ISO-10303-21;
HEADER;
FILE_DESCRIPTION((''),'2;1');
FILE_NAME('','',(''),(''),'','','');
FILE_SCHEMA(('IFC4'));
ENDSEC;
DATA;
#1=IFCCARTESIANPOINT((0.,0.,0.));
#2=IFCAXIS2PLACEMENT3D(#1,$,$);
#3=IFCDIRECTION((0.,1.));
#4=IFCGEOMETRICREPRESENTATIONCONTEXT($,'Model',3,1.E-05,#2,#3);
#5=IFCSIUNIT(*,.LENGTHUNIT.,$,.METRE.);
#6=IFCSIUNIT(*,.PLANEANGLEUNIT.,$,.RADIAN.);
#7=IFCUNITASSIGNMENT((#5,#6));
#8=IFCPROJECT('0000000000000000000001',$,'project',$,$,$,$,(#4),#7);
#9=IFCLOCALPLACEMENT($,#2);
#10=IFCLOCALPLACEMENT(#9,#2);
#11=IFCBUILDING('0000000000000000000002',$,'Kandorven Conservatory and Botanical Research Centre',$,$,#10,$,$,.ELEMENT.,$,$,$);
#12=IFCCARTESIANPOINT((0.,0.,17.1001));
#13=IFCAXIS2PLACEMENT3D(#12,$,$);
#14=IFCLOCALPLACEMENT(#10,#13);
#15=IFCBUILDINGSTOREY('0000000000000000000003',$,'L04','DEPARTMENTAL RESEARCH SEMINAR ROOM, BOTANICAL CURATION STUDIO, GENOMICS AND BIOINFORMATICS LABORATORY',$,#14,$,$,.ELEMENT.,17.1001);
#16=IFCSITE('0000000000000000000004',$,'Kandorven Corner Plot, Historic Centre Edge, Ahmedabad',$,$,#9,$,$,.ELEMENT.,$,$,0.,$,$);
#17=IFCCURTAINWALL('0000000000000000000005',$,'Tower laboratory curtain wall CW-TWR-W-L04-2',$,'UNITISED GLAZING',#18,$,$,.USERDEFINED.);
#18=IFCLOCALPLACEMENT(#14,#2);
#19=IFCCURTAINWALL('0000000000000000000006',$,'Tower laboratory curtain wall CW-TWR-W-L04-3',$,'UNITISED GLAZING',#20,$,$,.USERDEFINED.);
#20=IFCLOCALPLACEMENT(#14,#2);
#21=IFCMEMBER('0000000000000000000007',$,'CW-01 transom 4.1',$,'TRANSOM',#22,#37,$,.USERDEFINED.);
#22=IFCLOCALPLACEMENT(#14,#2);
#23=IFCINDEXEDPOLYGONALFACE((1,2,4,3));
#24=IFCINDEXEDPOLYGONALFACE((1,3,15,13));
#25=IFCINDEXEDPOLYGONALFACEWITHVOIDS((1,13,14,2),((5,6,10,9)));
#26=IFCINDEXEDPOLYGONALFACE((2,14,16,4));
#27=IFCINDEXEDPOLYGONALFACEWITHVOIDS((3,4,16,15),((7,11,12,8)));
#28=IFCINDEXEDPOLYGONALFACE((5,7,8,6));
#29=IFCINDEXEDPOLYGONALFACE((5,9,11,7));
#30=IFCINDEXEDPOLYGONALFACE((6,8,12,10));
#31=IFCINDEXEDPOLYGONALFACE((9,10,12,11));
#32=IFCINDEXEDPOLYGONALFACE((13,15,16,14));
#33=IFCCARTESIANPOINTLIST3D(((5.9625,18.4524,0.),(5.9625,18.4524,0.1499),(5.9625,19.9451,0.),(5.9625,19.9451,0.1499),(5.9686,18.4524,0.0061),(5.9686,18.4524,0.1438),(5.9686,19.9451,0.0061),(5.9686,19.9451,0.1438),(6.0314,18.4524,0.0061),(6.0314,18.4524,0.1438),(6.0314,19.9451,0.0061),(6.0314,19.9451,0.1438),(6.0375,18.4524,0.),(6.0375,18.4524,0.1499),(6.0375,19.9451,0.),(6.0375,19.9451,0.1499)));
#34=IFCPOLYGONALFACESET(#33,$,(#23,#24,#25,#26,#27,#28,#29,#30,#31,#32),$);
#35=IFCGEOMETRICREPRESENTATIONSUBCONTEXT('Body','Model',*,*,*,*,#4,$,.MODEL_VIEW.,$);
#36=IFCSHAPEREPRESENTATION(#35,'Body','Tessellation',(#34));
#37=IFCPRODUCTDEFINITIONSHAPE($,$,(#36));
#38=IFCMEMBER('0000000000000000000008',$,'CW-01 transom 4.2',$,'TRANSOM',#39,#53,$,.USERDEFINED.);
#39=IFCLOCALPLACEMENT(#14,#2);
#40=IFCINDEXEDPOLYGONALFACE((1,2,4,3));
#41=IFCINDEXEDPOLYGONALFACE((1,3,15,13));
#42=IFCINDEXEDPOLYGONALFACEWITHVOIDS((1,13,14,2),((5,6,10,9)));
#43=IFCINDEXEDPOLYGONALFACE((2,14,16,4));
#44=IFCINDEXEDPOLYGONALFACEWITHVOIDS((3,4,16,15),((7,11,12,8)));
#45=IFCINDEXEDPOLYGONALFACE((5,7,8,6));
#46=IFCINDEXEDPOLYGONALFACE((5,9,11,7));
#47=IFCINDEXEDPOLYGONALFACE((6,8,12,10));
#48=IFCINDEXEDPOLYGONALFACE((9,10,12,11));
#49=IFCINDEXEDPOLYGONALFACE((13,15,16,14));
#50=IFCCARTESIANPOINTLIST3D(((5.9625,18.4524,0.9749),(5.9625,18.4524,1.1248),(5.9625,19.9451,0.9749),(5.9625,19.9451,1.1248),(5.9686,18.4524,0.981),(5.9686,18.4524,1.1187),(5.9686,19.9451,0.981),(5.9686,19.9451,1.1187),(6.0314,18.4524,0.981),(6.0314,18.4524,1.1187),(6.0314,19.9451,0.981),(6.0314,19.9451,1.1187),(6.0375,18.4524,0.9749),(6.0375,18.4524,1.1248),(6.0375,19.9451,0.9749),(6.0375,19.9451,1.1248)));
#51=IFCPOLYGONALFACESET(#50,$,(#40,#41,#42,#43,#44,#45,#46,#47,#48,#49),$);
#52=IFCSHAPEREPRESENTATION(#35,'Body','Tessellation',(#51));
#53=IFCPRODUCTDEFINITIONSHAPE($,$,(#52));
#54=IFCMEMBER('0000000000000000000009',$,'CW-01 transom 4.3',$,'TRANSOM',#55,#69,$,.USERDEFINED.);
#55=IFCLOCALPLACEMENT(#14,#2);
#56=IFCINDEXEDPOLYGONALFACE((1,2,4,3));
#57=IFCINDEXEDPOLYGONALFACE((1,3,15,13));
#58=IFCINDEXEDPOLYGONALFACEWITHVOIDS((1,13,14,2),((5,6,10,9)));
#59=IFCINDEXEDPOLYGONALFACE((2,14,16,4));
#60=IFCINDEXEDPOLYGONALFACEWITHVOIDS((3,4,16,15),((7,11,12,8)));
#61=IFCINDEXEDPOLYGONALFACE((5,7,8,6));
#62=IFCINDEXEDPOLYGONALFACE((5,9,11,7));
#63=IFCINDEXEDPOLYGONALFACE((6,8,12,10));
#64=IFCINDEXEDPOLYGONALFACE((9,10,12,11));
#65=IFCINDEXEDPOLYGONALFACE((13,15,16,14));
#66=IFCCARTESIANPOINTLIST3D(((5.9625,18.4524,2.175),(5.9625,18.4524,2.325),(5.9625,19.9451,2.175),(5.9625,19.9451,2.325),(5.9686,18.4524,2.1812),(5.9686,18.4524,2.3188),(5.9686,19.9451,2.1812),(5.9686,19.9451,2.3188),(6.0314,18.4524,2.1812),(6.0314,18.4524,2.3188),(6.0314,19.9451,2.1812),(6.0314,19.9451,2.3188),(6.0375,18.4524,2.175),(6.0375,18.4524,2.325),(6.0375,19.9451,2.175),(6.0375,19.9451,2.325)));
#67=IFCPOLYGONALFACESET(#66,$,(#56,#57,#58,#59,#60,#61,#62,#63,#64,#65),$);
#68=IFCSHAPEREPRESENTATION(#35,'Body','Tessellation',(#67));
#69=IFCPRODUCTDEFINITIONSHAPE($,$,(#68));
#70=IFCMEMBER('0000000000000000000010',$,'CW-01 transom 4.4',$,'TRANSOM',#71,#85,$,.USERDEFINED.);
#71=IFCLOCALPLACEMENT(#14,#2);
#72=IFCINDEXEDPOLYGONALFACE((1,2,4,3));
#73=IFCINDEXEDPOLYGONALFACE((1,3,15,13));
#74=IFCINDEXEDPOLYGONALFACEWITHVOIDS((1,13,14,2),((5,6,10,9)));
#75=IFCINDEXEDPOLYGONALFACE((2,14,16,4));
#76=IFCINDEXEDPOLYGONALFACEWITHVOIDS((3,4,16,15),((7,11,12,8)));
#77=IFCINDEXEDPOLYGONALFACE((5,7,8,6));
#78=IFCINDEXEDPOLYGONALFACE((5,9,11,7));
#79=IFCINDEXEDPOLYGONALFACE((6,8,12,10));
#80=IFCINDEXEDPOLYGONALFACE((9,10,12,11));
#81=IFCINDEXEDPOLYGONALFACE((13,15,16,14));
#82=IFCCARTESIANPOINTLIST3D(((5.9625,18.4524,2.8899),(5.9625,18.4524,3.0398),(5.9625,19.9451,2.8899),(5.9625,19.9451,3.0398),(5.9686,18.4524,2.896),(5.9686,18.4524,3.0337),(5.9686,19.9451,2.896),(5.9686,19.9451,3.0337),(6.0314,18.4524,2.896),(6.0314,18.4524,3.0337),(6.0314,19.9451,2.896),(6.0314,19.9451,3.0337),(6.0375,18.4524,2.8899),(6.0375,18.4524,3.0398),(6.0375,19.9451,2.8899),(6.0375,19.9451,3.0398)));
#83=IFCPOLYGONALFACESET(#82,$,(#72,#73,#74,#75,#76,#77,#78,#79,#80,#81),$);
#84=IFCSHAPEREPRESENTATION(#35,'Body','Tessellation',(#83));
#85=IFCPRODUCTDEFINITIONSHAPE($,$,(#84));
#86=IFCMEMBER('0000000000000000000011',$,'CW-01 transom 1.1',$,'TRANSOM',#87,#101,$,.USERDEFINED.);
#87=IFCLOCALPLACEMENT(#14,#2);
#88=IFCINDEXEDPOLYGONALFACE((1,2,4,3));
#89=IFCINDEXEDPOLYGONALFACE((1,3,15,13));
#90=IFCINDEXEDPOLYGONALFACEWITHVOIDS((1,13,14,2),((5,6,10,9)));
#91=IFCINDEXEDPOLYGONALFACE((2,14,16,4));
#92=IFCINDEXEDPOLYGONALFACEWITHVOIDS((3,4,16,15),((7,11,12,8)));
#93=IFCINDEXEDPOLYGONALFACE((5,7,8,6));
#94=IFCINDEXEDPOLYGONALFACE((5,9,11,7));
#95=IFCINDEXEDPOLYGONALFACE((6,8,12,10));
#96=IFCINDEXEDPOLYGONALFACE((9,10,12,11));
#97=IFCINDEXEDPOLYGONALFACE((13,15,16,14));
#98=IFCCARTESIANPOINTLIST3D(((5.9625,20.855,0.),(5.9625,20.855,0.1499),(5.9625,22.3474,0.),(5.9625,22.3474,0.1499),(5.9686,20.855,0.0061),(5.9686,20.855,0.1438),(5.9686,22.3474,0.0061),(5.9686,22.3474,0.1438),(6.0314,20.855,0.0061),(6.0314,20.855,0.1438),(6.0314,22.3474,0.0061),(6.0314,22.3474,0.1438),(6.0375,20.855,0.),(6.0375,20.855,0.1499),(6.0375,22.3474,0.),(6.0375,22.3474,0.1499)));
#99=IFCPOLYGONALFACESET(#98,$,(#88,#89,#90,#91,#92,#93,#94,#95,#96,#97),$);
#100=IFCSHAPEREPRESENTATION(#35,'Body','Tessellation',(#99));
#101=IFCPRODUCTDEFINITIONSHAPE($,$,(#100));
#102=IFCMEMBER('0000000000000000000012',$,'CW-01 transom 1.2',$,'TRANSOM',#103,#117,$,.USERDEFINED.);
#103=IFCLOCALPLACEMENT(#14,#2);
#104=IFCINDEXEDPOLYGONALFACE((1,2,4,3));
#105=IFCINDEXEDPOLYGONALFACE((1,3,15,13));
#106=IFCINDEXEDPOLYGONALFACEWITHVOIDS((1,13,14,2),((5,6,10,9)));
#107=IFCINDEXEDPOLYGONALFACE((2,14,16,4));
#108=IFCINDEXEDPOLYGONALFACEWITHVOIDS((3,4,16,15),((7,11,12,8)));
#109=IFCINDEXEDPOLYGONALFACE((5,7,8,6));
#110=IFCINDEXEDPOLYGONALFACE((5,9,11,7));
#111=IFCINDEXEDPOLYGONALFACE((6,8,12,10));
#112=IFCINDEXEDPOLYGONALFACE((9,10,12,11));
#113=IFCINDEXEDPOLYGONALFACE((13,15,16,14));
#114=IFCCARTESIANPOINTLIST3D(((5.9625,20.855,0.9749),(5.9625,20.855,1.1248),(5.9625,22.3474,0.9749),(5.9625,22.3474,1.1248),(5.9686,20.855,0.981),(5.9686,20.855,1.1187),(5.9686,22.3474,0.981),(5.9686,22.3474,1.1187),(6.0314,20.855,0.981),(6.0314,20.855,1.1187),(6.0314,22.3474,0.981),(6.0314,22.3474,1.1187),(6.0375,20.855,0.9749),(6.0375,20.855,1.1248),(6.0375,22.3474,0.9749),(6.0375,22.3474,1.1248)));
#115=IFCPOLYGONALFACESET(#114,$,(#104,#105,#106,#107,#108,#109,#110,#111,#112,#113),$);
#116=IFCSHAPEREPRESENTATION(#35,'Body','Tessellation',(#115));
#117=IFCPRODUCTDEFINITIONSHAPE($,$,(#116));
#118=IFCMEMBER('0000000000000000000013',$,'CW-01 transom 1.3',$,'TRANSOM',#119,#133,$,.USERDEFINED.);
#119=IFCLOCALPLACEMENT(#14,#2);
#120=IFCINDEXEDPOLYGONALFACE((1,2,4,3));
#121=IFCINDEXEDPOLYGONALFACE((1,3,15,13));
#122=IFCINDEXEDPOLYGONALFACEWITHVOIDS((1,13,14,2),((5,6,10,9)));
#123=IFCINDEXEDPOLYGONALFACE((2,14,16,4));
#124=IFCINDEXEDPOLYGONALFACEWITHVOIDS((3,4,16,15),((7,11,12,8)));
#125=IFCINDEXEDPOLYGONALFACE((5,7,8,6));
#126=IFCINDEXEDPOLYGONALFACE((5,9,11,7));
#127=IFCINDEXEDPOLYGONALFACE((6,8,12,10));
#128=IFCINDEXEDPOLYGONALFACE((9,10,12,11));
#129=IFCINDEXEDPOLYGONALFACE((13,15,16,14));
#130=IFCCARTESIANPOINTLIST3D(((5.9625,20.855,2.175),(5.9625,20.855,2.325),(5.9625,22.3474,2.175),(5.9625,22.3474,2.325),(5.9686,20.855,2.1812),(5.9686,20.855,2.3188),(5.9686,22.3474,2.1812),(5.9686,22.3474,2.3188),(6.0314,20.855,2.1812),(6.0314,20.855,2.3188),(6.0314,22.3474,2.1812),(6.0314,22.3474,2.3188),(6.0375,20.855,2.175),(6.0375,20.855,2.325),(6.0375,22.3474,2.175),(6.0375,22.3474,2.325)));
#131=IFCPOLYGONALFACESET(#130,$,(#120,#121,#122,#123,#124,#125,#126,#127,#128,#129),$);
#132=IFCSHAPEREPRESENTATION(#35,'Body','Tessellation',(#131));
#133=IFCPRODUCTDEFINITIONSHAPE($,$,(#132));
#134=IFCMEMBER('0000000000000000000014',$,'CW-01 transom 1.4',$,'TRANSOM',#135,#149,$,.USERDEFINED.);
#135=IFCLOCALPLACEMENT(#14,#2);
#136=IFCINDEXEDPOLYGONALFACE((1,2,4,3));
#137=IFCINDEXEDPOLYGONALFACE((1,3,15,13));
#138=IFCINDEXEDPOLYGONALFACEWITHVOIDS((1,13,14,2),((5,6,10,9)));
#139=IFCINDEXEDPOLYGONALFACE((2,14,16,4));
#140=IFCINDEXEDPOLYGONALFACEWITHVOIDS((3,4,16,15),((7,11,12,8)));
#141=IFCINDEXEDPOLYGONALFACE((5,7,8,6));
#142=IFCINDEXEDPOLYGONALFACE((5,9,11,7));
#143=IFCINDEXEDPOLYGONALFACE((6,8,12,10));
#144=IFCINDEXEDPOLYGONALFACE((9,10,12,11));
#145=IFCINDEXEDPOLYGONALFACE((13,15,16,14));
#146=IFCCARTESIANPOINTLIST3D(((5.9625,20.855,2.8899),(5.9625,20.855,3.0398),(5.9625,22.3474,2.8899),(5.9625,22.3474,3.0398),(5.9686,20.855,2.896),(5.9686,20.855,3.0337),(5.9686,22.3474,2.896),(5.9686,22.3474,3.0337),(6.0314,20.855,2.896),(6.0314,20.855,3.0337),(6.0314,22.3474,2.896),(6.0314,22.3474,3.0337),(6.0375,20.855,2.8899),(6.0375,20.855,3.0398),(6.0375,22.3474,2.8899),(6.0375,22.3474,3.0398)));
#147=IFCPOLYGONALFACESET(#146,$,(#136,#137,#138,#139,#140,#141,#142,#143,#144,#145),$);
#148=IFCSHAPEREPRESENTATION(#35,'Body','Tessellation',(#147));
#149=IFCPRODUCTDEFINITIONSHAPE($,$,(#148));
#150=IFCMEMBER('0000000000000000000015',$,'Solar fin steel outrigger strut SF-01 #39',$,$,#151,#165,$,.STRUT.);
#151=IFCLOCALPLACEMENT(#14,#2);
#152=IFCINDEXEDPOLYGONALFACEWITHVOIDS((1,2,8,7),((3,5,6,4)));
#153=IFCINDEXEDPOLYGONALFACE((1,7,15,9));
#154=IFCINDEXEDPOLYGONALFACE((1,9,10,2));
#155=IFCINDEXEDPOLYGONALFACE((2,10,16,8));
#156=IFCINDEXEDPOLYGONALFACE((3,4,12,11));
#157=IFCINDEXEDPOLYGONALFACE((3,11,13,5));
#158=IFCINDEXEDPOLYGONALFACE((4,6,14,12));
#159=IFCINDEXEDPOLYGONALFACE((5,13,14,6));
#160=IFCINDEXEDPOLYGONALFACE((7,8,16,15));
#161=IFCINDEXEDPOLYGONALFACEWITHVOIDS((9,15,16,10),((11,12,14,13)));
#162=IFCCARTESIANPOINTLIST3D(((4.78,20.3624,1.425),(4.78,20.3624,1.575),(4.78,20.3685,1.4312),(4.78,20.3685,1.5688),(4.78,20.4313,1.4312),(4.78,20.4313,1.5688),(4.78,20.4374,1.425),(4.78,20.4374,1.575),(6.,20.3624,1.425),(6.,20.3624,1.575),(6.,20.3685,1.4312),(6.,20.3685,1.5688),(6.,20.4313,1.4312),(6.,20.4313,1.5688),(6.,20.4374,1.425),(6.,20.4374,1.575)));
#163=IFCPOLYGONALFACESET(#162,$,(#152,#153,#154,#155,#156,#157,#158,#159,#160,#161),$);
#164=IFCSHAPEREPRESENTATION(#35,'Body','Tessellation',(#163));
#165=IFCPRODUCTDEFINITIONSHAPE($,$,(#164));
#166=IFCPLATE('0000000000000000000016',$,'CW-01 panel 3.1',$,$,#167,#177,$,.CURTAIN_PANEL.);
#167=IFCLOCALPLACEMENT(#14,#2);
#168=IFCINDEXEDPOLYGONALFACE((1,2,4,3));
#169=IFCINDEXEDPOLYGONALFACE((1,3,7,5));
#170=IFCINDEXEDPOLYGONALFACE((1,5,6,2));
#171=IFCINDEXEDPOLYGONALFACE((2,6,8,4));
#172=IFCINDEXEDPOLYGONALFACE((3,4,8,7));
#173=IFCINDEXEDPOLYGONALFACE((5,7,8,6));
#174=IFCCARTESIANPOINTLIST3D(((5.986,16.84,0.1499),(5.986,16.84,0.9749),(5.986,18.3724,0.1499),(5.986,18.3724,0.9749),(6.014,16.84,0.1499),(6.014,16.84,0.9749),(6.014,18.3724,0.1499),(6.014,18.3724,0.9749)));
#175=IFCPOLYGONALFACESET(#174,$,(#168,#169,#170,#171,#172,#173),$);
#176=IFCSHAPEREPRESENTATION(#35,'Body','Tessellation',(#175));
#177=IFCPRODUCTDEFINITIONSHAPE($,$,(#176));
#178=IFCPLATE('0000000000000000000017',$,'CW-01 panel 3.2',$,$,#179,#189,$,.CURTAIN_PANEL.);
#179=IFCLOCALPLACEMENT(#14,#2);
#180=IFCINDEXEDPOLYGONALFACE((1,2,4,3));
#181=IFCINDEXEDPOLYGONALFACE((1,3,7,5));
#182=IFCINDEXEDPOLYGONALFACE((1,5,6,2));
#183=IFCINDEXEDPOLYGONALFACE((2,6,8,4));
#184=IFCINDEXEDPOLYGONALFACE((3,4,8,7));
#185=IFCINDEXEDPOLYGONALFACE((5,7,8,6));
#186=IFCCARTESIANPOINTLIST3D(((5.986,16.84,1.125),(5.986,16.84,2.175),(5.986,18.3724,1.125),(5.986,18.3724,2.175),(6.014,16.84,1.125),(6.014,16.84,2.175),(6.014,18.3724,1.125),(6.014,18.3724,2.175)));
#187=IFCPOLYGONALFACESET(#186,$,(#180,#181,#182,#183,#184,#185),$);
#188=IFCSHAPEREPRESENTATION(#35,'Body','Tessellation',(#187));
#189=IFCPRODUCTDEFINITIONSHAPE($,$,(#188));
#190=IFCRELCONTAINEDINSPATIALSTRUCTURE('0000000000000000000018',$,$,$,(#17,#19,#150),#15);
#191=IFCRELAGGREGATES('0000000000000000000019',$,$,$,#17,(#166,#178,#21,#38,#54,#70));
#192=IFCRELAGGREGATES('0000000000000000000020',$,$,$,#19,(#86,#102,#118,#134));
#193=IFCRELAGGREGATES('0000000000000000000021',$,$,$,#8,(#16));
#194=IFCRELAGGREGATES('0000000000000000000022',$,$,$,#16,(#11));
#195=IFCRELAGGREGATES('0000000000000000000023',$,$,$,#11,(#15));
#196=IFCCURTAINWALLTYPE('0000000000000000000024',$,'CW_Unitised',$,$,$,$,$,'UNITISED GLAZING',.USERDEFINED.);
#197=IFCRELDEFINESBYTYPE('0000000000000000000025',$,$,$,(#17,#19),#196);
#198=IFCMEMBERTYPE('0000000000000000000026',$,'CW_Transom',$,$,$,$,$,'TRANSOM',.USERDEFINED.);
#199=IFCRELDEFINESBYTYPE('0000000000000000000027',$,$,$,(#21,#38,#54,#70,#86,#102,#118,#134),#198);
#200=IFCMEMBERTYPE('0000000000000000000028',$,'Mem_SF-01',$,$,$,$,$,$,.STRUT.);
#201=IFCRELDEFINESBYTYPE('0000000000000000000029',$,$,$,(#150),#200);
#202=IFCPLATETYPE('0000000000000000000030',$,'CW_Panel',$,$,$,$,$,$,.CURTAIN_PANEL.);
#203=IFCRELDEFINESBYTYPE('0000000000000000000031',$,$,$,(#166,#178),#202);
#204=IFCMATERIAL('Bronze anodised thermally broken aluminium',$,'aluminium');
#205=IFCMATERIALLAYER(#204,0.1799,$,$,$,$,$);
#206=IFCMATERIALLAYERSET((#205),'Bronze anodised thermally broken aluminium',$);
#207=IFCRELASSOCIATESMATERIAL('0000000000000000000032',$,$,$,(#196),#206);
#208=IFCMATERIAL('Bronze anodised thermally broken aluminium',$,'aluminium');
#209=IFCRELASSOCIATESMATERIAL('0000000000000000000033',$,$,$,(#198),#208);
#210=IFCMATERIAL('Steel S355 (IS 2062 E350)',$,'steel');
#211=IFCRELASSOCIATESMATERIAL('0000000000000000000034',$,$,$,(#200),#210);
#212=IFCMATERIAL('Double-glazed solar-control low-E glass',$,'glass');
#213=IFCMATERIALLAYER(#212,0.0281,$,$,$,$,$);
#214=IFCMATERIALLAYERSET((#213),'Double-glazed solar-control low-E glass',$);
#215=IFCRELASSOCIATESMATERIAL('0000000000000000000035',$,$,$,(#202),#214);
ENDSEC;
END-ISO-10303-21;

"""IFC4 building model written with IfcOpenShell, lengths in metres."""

from ifc_helpers import new_model, si_unit, direction, frame, origin, origin_2d, place, context, subcontext, project, spatial, rectangle, hollow_rectangle, extrude, material, layer, layer_set, material_profile, profile_set, type_object, element, aggregate, save


model = new_model("IFC4")

# Units and contexts
model_context = context("Model", 3, precision=1e-05, world=origin(), true_north=direction((0.0, 1.0)))
body_context = subcontext(model_context, "Body", "Model", "MODEL_VIEW")
ifc_project = project(units=[si_unit("LENGTHUNIT", "METRE"), si_unit("PLANEANGLEUNIT", "RADIAN")], contexts=[model_context])

# Site, building, storey
site_placement = place(None, origin())
site = spatial("IfcSite", under=ifc_project, at=site_placement, Name="Kandorven Corner Plot, Historic Centre Edge, Ahmedabad", CompositionType="ELEMENT", RefElevation=0.0)
building_placement = place(site_placement, origin())
building = spatial("IfcBuilding", under=site, at=building_placement, Name="Kandorven Conservatory and Botanical Research Centre", CompositionType="ELEMENT")
storey_placement = place(building_placement, frame((0.0, 0.0, 17.1001)))
storey = spatial("IfcBuildingStorey", under=building, at=storey_placement, Name="L04", Description="DEPARTMENTAL RESEARCH SEMINAR ROOM, BOTANICAL CURATION STUDIO, GENOMICS AND BIOINFORMATICS LABORATORY", CompositionType="ELEMENT", Elevation=17.1001)

# Curtain wall
ifc_material_1 = material(Name="Bronze anodised thermally broken aluminium", Category="aluminium")
ifc_layer_1 = layer(ifc_material_1, 0.1799)
ifc_layer_set_1 = layer_set([ifc_layer_1], Name="Bronze anodised thermally broken aluminium")
curtain_wall_type = type_object("IfcCurtainWallType", Name="CW_Unitised", ElementType="UNITISED GLAZING", PredefinedType="USERDEFINED", material=ifc_layer_set_1)
curtain_wall_1_placement = place(storey_placement, origin())
curtain_wall_1 = element("IfcCurtainWall", 1, at=curtain_wall_1_placement, inside=storey, type_object=curtain_wall_type, Name="Tower laboratory curtain wall CW-TWR-W-L04-2", ObjectType="UNITISED GLAZING", PredefinedType="USERDEFINED")

# Curtain wall
curtain_wall_2_placement = place(storey_placement, origin())
curtain_wall_2 = element("IfcCurtainWall", 2, at=curtain_wall_2_placement, inside=storey, type_object=curtain_wall_type, Name="Tower laboratory curtain wall CW-TWR-W-L04-3", ObjectType="UNITISED GLAZING", PredefinedType="USERDEFINED")

# Members
ifc_material_2 = material(Name="Bronze anodised thermally broken aluminium", Category="aluminium")
ifc_material_profile_1 = material_profile(ifc_material_2, hollow_rectangle(XDim=0.075, YDim=0.1499, WallThickness=0.0061, at=origin_2d()))
ifc_profile_set_1 = profile_set([ifc_material_profile_1], Name="Bronze anodised thermally broken aluminium")
member_type_1 = type_object("IfcMemberType", Name="CW_Transom", ElementType="TRANSOM", PredefinedType="USERDEFINED", material=ifc_profile_set_1)
member_1_placement = place(storey_placement, frame((6.0, 18.4524, 0.075), z_axis=(0.0, 1.0, 0.0), x_axis=(-1.0, 0.0, 0.0)))
member_1 = element("IfcMember", 3, at=member_1_placement, type_object=member_type_1, Name="CW-01 transom 4.1", ObjectType="TRANSOM", PredefinedType="USERDEFINED", context=body_context, shape_type="SweptSolid", body=[
    extrude(hollow_rectangle(XDim=0.075, YDim=0.1499, WallThickness=0.0061, at=origin_2d()), origin(), (0.0, 0.0, 1.0), 1.4927),
])
member_2_placement = place(storey_placement, frame((6.0, 18.4524, 1.0498), z_axis=(0.0, 1.0, 0.0), x_axis=(-1.0, 0.0, 0.0)))
member_2 = element("IfcMember", 4, at=member_2_placement, type_object=member_type_1, Name="CW-01 transom 4.2", ObjectType="TRANSOM", PredefinedType="USERDEFINED", context=body_context, shape_type="SweptSolid", body=[
    extrude(hollow_rectangle(XDim=0.075, YDim=0.1499, WallThickness=0.0061, at=origin_2d()), origin(), (0.0, 0.0, 1.0), 1.4927),
])
member_3_placement = place(storey_placement, frame((6.0, 18.4524, 2.25), z_axis=(0.0, 1.0, 0.0), x_axis=(-1.0, 0.0, 0.0)))
member_3 = element("IfcMember", 5, at=member_3_placement, type_object=member_type_1, Name="CW-01 transom 4.3", ObjectType="TRANSOM", PredefinedType="USERDEFINED", context=body_context, shape_type="SweptSolid", body=[
    extrude(hollow_rectangle(XDim=0.075, YDim=0.1499, WallThickness=0.0061, at=origin_2d()), origin(), (0.0, 0.0, 1.0), 1.4927),
])
member_4_placement = place(storey_placement, frame((6.0, 18.4524, 2.9648), z_axis=(0.0, 1.0, 0.0), x_axis=(-1.0, 0.0, 0.0)))
member_4 = element("IfcMember", 6, at=member_4_placement, type_object=member_type_1, Name="CW-01 transom 4.4", ObjectType="TRANSOM", PredefinedType="USERDEFINED", context=body_context, shape_type="SweptSolid", body=[
    extrude(hollow_rectangle(XDim=0.075, YDim=0.1499, WallThickness=0.0061, at=origin_2d()), origin(), (0.0, 0.0, 1.0), 1.4927),
])
member_5_placement = place(storey_placement, frame((6.0, 20.855, 0.075), z_axis=(0.0, 1.0, 0.0), x_axis=(-1.0, 0.0, 0.0)))
member_5 = element("IfcMember", 7, at=member_5_placement, type_object=member_type_1, Name="CW-01 transom 1.1", ObjectType="TRANSOM", PredefinedType="USERDEFINED", context=body_context, shape_type="SweptSolid", body=[
    extrude(hollow_rectangle(XDim=0.075, YDim=0.1499, WallThickness=0.0061, at=origin_2d()), origin(), (0.0, 0.0, 1.0), 1.4924),
])
member_6_placement = place(storey_placement, frame((6.0, 20.855, 1.0498), z_axis=(0.0, 1.0, 0.0), x_axis=(-1.0, 0.0, 0.0)))
member_6 = element("IfcMember", 8, at=member_6_placement, type_object=member_type_1, Name="CW-01 transom 1.2", ObjectType="TRANSOM", PredefinedType="USERDEFINED", context=body_context, shape_type="SweptSolid", body=[
    extrude(hollow_rectangle(XDim=0.075, YDim=0.1499, WallThickness=0.0061, at=origin_2d()), origin(), (0.0, 0.0, 1.0), 1.4924),
])
member_7_placement = place(storey_placement, frame((6.0, 20.855, 2.25), z_axis=(0.0, 1.0, 0.0), x_axis=(-1.0, 0.0, 0.0)))
member_7 = element("IfcMember", 9, at=member_7_placement, type_object=member_type_1, Name="CW-01 transom 1.3", ObjectType="TRANSOM", PredefinedType="USERDEFINED", context=body_context, shape_type="SweptSolid", body=[
    extrude(hollow_rectangle(XDim=0.075, YDim=0.1499, WallThickness=0.0061, at=origin_2d()), origin(), (0.0, 0.0, 1.0), 1.4924),
])
member_8_placement = place(storey_placement, frame((6.0, 20.855, 2.9648), z_axis=(0.0, 1.0, 0.0), x_axis=(-1.0, 0.0, 0.0)))
member_8 = element("IfcMember", 10, at=member_8_placement, type_object=member_type_1, Name="CW-01 transom 1.4", ObjectType="TRANSOM", PredefinedType="USERDEFINED", context=body_context, shape_type="SweptSolid", body=[
    extrude(hollow_rectangle(XDim=0.075, YDim=0.1499, WallThickness=0.0061, at=origin_2d()), origin(), (0.0, 0.0, 1.0), 1.4924),
])
ifc_material_3 = material(Name="Steel S355 (IS 2062 E350)", Category="steel")
ifc_material_profile_2 = material_profile(ifc_material_3, hollow_rectangle(XDim=0.075, YDim=0.1499, WallThickness=0.0061, at=origin_2d()))
ifc_profile_set_2 = profile_set([ifc_material_profile_2], Name="Steel S355 (IS 2062 E350)")
member_type_2 = type_object("IfcMemberType", Name="Mem_SF-01", PredefinedType="STRUT", material=ifc_profile_set_2)
member_9_placement = place(storey_placement, frame((6.0, 20.3999, 1.5), z_axis=(-1.0, 0.0, 0.0), x_axis=(0.0, -1.0, 0.0)))
element("IfcMember", 11, at=member_9_placement, inside=storey, type_object=member_type_2, Name="Solar fin steel outrigger strut SF-01 #39", PredefinedType="STRUT", context=body_context, shape_type="SweptSolid", body=[
    extrude(hollow_rectangle(XDim=0.075, YDim=0.1499, WallThickness=0.0061, at=origin_2d()), origin(), (0.0, 0.0, 1.0), 1.22),
])

# Plates
ifc_material_4 = material(Name="Double-glazed solar-control low-E glass", Category="glass")
ifc_layer_2 = layer(ifc_material_4, 0.0281)
ifc_layer_set_2 = layer_set([ifc_layer_2], Name="Double-glazed solar-control low-E glass")
plate_type_1 = type_object("IfcPlateType", Name="CW_Panel", PredefinedType="CURTAIN_PANEL", material=ifc_layer_set_2)
plate_1_placement = place(storey_placement, frame((6.0, 17.6062, 0.1499), z_axis=(0.0, 0.0, 1.0), x_axis=(0.0, 1.0, 0.0)))
plate_1 = element("IfcPlate", 12, at=plate_1_placement, type_object=plate_type_1, Name="CW-01 panel 3.1", PredefinedType="CURTAIN_PANEL", context=body_context, shape_type="SweptSolid", body=[
    extrude(rectangle(XDim=1.5325, YDim=0.0281, at=origin_2d()), origin(), (0.0, 0.0, 1.0), 0.825),
])
plate_2_placement = place(storey_placement, frame((6.0, 17.6062, 1.125), z_axis=(0.0, 0.0, 1.0), x_axis=(0.0, 1.0, 0.0)))
plate_2 = element("IfcPlate", 13, at=plate_2_placement, type_object=plate_type_1, Name="CW-01 panel 3.2", PredefinedType="CURTAIN_PANEL", context=body_context, shape_type="SweptSolid", body=[
    extrude(rectangle(XDim=1.5325, YDim=0.0281, at=origin_2d()), origin(), (0.0, 0.0, 1.0), 1.05),
])
aggregate(curtain_wall_1, [plate_1, plate_2, member_1, member_2, member_3, member_4])
aggregate(curtain_wall_2, [member_5, member_6, member_7, member_8])

save(model, "model.ifc")
